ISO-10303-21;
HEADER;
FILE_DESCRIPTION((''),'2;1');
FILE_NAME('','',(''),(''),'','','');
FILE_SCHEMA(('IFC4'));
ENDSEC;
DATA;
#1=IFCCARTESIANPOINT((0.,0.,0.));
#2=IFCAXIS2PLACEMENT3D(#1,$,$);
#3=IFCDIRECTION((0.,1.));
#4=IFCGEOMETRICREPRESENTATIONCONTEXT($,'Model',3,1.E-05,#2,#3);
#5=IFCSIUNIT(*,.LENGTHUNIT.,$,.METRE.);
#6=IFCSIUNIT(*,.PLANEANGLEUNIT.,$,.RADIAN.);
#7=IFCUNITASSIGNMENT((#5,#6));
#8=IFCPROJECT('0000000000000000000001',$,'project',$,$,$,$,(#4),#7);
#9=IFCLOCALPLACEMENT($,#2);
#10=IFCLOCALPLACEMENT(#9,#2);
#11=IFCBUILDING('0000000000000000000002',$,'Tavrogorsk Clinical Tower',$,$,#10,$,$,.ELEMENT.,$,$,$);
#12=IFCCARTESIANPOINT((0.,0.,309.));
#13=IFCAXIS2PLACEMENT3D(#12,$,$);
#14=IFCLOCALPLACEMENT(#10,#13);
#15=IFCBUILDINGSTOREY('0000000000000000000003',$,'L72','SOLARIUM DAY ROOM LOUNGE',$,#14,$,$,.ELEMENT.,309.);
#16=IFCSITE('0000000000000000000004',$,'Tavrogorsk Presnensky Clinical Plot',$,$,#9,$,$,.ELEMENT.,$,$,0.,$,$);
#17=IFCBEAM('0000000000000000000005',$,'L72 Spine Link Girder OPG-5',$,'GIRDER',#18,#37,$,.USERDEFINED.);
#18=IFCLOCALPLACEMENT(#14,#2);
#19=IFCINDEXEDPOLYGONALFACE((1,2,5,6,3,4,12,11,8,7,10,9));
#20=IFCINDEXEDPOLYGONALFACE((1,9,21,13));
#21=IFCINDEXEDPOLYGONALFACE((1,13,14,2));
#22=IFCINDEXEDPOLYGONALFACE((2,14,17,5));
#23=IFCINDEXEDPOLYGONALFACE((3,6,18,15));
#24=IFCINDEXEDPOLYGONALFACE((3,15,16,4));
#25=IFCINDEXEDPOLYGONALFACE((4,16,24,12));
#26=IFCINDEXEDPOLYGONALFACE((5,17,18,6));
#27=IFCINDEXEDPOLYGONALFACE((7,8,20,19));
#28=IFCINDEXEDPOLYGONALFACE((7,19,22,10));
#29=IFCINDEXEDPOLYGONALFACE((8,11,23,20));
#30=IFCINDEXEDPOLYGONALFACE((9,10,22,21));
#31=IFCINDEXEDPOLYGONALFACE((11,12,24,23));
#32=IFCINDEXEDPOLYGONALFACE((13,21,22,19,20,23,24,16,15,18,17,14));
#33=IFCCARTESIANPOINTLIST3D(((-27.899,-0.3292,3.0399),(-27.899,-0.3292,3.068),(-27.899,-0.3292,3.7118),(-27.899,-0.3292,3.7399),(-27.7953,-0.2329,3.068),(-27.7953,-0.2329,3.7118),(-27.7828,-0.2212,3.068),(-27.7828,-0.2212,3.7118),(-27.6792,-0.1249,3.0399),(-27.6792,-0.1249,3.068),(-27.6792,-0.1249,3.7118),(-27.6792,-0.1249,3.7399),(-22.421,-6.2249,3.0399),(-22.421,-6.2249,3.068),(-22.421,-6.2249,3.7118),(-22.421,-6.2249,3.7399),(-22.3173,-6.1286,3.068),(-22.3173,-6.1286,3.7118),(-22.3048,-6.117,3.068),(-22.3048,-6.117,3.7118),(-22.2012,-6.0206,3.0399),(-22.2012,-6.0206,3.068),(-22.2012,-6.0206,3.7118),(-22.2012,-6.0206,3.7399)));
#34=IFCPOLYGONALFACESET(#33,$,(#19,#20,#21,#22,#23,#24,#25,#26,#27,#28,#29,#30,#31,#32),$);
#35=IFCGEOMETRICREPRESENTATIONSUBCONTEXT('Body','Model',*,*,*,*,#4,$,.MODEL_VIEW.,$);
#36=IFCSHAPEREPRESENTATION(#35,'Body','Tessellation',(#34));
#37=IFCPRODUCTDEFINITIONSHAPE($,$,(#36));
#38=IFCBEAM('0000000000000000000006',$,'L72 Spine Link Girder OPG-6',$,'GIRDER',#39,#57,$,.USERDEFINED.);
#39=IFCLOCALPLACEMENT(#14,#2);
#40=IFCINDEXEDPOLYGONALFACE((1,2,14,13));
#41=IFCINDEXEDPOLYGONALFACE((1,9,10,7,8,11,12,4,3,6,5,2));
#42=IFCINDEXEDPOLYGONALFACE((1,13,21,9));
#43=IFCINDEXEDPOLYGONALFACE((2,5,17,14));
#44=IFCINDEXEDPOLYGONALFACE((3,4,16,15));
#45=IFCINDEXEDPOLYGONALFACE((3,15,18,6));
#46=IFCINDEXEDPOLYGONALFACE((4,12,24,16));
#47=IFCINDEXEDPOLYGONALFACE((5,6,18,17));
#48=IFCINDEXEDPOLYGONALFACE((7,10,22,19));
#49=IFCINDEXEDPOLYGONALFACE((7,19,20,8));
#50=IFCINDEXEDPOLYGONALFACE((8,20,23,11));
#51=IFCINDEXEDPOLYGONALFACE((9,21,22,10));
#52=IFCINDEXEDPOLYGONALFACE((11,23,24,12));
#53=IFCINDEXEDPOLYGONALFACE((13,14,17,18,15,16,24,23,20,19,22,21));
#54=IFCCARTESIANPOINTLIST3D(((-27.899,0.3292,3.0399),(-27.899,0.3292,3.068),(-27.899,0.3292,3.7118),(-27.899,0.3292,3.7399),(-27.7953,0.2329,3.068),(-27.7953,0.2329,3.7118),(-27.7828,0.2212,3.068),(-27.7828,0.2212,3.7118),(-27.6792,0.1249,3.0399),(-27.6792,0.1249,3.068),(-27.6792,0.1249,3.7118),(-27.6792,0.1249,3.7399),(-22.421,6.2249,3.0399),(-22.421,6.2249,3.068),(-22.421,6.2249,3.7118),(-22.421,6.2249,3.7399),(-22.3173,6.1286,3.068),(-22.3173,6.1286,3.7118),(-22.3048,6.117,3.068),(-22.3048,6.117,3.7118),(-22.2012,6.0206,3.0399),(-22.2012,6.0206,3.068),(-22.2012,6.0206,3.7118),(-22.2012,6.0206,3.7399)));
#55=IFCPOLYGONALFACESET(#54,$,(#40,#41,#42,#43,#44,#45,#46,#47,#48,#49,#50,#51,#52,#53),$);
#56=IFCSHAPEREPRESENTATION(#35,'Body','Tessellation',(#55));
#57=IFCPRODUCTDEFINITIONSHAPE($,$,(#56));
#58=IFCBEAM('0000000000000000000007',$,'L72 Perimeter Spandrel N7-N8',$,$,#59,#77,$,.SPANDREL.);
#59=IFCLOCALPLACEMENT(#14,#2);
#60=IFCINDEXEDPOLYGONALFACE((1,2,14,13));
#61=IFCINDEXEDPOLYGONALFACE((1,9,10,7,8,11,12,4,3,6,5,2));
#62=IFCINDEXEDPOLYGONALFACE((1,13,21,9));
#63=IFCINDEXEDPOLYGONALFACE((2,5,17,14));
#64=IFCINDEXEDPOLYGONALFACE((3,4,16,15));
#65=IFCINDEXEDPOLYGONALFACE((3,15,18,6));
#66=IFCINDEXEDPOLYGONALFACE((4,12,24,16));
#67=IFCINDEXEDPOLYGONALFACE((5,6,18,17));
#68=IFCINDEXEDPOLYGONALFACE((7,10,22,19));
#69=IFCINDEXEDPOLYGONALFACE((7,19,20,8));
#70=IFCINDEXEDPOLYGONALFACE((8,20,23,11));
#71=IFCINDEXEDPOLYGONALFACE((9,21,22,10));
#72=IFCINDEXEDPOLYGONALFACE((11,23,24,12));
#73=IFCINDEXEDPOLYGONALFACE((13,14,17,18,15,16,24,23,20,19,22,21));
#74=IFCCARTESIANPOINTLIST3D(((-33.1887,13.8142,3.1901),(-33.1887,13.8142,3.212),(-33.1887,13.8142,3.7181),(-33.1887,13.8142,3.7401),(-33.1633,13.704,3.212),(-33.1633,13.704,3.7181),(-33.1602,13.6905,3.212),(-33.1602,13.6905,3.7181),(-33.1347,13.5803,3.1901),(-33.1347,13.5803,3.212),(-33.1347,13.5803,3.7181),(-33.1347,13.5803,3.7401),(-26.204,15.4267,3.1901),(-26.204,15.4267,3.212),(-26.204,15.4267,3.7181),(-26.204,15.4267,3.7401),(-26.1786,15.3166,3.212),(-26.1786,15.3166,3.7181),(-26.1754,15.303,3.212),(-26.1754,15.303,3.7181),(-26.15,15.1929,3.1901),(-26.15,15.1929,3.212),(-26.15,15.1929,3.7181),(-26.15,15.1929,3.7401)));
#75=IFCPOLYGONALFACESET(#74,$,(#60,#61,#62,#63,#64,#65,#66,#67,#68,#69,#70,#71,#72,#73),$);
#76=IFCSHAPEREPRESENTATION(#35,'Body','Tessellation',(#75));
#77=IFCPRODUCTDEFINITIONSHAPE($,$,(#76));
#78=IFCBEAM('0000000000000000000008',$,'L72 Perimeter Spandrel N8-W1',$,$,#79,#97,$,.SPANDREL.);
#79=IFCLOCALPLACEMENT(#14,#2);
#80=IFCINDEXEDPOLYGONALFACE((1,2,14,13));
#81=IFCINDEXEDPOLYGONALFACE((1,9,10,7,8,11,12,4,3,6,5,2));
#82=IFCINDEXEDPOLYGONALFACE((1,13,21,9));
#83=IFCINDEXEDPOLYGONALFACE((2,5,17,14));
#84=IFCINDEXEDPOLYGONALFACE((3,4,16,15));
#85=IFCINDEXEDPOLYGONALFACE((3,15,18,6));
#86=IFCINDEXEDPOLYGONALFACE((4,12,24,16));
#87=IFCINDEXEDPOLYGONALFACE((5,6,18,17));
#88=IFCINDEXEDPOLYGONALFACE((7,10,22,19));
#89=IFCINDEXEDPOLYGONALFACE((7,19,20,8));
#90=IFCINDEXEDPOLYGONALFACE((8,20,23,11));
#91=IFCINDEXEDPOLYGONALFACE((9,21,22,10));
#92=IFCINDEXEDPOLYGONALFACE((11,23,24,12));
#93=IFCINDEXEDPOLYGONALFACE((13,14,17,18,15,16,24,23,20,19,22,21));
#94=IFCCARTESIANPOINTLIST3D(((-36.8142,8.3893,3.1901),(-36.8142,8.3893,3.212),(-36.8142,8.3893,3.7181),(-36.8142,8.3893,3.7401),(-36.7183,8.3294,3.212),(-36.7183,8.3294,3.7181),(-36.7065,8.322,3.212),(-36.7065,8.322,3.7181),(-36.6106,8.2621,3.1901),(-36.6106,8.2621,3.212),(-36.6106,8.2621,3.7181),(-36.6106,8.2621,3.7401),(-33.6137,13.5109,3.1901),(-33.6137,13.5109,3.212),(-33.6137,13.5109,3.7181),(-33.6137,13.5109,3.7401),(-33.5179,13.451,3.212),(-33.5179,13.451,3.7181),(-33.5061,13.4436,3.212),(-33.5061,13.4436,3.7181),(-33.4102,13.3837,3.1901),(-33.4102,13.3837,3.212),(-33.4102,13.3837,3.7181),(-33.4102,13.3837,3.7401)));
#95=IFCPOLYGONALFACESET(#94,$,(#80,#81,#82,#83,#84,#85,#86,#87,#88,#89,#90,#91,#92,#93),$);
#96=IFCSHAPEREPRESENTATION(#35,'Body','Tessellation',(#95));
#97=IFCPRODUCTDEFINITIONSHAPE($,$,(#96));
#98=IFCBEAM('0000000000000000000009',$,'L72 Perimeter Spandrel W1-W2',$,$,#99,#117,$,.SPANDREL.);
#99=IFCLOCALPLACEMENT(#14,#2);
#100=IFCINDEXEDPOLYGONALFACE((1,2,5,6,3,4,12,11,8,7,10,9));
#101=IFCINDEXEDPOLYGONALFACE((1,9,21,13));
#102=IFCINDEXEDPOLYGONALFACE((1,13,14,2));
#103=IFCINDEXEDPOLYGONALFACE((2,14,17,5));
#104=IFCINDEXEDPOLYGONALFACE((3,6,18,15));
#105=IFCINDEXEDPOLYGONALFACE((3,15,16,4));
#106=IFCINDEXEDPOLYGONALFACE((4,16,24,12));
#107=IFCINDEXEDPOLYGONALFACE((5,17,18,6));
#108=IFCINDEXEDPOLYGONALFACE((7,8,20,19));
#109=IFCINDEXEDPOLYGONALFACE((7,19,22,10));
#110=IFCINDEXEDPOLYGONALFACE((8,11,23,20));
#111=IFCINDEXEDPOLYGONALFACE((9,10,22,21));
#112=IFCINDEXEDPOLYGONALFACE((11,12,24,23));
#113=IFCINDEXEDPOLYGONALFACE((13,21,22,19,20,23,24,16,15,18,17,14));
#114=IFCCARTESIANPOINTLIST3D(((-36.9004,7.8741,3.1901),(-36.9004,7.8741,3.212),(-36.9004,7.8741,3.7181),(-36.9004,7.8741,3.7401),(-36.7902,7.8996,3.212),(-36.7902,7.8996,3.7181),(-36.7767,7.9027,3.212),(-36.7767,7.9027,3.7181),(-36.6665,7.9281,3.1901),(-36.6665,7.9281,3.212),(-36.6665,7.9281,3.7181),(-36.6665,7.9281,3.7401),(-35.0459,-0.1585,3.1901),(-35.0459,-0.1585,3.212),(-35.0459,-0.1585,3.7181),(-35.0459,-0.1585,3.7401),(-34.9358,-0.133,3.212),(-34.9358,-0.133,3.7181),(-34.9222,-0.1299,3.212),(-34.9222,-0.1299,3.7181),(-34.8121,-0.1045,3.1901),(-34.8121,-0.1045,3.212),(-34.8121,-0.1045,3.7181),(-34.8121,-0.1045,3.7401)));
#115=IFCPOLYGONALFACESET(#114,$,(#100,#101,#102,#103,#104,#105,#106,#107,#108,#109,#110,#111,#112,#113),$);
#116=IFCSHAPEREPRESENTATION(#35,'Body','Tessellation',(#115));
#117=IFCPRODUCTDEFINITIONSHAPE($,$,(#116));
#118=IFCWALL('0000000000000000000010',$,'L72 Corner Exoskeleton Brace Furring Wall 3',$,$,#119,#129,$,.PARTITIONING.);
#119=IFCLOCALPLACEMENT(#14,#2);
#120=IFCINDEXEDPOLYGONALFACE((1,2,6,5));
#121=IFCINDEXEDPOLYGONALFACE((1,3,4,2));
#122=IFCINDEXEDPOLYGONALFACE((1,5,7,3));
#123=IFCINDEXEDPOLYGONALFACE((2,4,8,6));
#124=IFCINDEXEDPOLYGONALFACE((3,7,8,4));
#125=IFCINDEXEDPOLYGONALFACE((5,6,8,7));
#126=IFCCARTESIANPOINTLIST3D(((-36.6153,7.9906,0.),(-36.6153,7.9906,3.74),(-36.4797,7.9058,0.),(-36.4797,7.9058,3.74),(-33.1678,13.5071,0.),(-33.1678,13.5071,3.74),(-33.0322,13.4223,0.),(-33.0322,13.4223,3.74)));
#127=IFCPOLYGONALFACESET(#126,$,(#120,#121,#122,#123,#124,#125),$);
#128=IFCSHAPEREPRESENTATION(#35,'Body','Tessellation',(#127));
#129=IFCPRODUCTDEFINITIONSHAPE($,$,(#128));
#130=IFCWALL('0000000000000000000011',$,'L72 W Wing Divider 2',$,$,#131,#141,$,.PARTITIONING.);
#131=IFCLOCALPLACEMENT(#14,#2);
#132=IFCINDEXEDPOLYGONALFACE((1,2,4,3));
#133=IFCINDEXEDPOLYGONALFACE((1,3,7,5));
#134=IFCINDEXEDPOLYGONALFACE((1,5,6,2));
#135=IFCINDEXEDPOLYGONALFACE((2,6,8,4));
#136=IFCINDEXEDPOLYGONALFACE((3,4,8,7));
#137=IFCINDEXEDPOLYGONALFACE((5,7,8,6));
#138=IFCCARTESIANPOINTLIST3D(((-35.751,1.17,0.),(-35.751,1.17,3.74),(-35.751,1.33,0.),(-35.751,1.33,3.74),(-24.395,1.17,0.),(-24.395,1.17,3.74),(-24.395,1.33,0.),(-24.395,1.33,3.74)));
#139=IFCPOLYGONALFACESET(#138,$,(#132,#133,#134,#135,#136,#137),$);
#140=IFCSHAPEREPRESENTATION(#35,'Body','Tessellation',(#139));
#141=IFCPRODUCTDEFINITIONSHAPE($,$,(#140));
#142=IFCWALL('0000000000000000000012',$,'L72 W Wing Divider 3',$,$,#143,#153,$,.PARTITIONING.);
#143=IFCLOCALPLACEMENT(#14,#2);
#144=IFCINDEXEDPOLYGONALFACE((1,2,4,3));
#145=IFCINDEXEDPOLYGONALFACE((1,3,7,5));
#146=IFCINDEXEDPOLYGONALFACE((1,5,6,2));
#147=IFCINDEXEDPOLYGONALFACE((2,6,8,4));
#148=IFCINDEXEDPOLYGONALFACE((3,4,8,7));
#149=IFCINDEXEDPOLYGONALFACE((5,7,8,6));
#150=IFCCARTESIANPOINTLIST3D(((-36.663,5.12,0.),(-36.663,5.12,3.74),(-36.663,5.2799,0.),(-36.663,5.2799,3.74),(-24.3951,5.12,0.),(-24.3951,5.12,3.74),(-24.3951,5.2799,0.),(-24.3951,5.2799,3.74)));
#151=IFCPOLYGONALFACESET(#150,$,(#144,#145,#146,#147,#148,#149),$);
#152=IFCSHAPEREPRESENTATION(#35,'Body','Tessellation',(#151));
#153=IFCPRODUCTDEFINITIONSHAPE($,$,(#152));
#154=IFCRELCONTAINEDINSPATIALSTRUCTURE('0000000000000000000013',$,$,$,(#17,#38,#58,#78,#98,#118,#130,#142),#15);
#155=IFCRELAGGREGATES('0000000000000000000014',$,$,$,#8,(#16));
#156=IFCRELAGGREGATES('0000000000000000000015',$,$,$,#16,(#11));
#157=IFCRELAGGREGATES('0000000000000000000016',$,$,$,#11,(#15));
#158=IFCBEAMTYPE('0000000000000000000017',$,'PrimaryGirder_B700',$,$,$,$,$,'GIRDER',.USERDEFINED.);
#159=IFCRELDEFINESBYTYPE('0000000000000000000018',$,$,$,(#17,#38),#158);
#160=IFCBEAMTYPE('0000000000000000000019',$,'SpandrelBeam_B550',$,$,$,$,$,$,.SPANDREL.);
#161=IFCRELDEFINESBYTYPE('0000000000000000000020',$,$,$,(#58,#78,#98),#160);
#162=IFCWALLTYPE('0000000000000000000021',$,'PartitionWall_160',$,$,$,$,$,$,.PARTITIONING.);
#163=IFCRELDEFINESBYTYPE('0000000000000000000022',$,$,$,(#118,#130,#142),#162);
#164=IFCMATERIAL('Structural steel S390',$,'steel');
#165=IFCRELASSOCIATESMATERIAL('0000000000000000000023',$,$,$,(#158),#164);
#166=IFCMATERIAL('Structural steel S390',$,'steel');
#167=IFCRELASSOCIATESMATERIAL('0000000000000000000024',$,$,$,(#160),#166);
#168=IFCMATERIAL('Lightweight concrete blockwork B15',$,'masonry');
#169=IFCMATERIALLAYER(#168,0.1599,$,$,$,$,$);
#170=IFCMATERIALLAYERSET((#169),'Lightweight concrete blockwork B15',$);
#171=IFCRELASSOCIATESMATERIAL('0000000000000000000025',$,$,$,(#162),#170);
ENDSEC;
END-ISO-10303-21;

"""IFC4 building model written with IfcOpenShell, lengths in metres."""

from ifc_helpers import new_model, si_unit, direction, frame, frame_2d, origin, origin_2d, place, context, subcontext, project, spatial, rectangle, i_section, extrude, material, layer, layer_set, material_profile, profile_set, type_object, element, save


model = new_model("IFC4")

# Units and contexts
model_context = context("Model", 3, precision=1e-05, world=origin(), true_north=direction((0.0, 1.0)))
body_context = subcontext(model_context, "Body", "Model", "MODEL_VIEW")
ifc_project = project(units=[si_unit("LENGTHUNIT", "METRE"), si_unit("PLANEANGLEUNIT", "RADIAN")], contexts=[model_context])

# Site, building, storey
site_placement = place(None, origin())
site = spatial("IfcSite", under=ifc_project, at=site_placement, Name="Tavrogorsk Presnensky Clinical Plot", CompositionType="ELEMENT", RefElevation=0.0)
building_placement = place(site_placement, origin())
building = spatial("IfcBuilding", under=site, at=building_placement, Name="Tavrogorsk Clinical Tower", CompositionType="ELEMENT")
storey_placement = place(building_placement, frame((0.0, 0.0, 309.0)))
storey = spatial("IfcBuildingStorey", under=building, at=storey_placement, Name="L72", Description="SOLARIUM DAY ROOM LOUNGE", CompositionType="ELEMENT", Elevation=309.0)

# Beams
ifc_material_1 = material(Name="Structural steel S390", Category="steel")
ifc_material_profile_1 = material_profile(ifc_material_1, i_section(OverallWidth=0.3, OverallDepth=0.7, WebThickness=0.0171, FlangeThickness=0.0281, at=origin_2d()), Name="B-700x300x17x28")
ifc_profile_set_1 = profile_set([ifc_material_profile_1], Name="Structural steel S390")
beam_type_1 = type_object("IfcBeamType", Name="PrimaryGirder_B700", ElementType="GIRDER", PredefinedType="USERDEFINED", material=ifc_profile_set_1)
for number, where, z_axis, x_axis, name in (
    (1, (-27.7891, -0.2271, 3.3899), (0.680678, -0.732583, 0.0), (0.732583, 0.680678, 0.0), "L72 Spine Link Girder OPG-5"),
    (2, (-27.7891, 0.2271, 3.3899), (0.680678, 0.732583, 0.0), (-0.732583, 0.680678, 0.0), "L72 Spine Link Girder OPG-6"),
):
    element("IfcBeam", number, at=place(storey_placement, frame(where, z_axis=z_axis, x_axis=x_axis)), inside=storey, type_object=beam_type_1, Name=name, ObjectType="GIRDER", PredefinedType="USERDEFINED", context=body_context, shape_type="SweptSolid", body=[
        extrude(i_section(OverallWidth=0.3, OverallDepth=0.7, WebThickness=0.0171, FlangeThickness=0.0281, at=origin_2d()), origin(), (0.0, 0.0, 1.0), 8.0479),
    ])
ifc_material_2 = material(Name="Structural steel S390", Category="steel")
ifc_material_profile_2 = material_profile(ifc_material_2, i_section(OverallWidth=0.24, OverallDepth=0.55, WebThickness=0.0139, FlangeThickness=0.022, at=origin_2d()), Name="B-550x240x14x22")
ifc_profile_set_2 = profile_set([ifc_material_profile_2], Name="Structural steel S390")
beam_type_2 = type_object("IfcBeamType", Name="SpandrelBeam_B550", PredefinedType="SPANDREL", material=ifc_profile_set_2)
beam_1_placement = place(storey_placement, frame((-26.177, 15.3098, 3.4651), z_axis=(-0.974369, -0.224954, 0.0), x_axis=(0.224954, -0.974369, 0.0)))
element("IfcBeam", 3, at=beam_1_placement, inside=storey, type_object=beam_type_2, Name="L72 Perimeter Spandrel N7-N8", PredefinedType="SPANDREL", context=body_context, shape_type="SweptSolid", body=[
    extrude(i_section(OverallWidth=0.24, OverallDepth=0.55, WebThickness=0.0139, FlangeThickness=0.022, at=origin_2d()), origin(), (0.0, 0.0, 1.0), 7.1685),
])
beam_2_placement = place(storey_placement, frame((-33.512, 13.4473, 3.4651), z_axis=(-0.529934, -0.848039, 0.0), x_axis=(0.848039, -0.529934, 0.0)))
element("IfcBeam", 4, at=beam_2_placement, inside=storey, type_object=beam_type_2, Name="L72 Perimeter Spandrel N8-W1", PredefinedType="SPANDREL", context=body_context, shape_type="SweptSolid", body=[
    extrude(i_section(OverallWidth=0.24, OverallDepth=0.55, WebThickness=0.0139, FlangeThickness=0.022, at=origin_2d()), origin(), (0.0, 0.0, 1.0), 6.0393),
])
beam_3_placement = place(storey_placement, frame((-36.7834, 7.9011, 3.4651), z_axis=(0.22495, -0.97437, 0.0), x_axis=(0.97437, 0.22495, 0.0)))
element("IfcBeam", 5, at=beam_3_placement, inside=storey, type_object=beam_type_2, Name="L72 Perimeter Spandrel W1-W2", PredefinedType="SPANDREL", context=body_context, shape_type="SweptSolid", body=[
    extrude(i_section(OverallWidth=0.24, OverallDepth=0.55, WebThickness=0.0139, FlangeThickness=0.022, at=origin_2d()), origin(), (0.0, 0.0, 1.0), 8.2439),
])

# Walls
ifc_material_3 = material(Name="Lightweight concrete blockwork B15", Category="masonry")
ifc_layer_1 = layer(ifc_material_3, 0.1599)
ifc_layer_set_1 = layer_set([ifc_layer_1], Name="Lightweight concrete blockwork B15")
wall_type_1 = type_object("IfcWallType", Name="PartitionWall_160", PredefinedType="PARTITIONING", material=ifc_layer_set_1)
wall_1_placement = place(storey_placement, frame((-33.1001, 13.4646, 0.0), z_axis=(0.0, 0.0, 1.0), x_axis=(-0.529958, -0.848024, 0.0)))
element("IfcWall", 6, at=wall_1_placement, inside=storey, type_object=wall_type_1, Name="L72 Corner Exoskeleton Brace Furring Wall 3", PredefinedType="PARTITIONING", context=body_context, shape_type="SweptSolid", body=[
    extrude(rectangle(XDim=6.5051, YDim=0.1599, at=frame_2d((3.2524, 0.0))), origin(), (0.0, 0.0, 1.0), 3.74),
])
wall_2_placement = place(storey_placement, frame((-35.751, 1.25, 0.0), z_axis=(0.0, 0.0, 1.0), x_axis=(1.0, 0.0, 0.0)))
element("IfcWall", 7, at=wall_2_placement, inside=storey, type_object=wall_type_1, Name="L72 W Wing Divider 2", PredefinedType="PARTITIONING", context=body_context, shape_type="SweptSolid", body=[
    extrude(rectangle(XDim=11.356, YDim=0.1599, at=frame_2d((5.678, 0.0))), origin(), (0.0, 0.0, 1.0), 3.74),
])
wall_3_placement = place(storey_placement, frame((-36.6628, 5.2, 0.0), z_axis=(0.0, 0.0, 1.0), x_axis=(1.0, 0.0, 0.0)))
element("IfcWall", 8, at=wall_3_placement, inside=storey, type_object=wall_type_1, Name="L72 W Wing Divider 3", PredefinedType="PARTITIONING", context=body_context, shape_type="SweptSolid", body=[
    extrude(rectangle(XDim=12.2678, YDim=0.1599, at=frame_2d((6.1338, 0.0))), origin(), (0.0, 0.0, 1.0), 3.74),
])

save(model, "model.ifc")
